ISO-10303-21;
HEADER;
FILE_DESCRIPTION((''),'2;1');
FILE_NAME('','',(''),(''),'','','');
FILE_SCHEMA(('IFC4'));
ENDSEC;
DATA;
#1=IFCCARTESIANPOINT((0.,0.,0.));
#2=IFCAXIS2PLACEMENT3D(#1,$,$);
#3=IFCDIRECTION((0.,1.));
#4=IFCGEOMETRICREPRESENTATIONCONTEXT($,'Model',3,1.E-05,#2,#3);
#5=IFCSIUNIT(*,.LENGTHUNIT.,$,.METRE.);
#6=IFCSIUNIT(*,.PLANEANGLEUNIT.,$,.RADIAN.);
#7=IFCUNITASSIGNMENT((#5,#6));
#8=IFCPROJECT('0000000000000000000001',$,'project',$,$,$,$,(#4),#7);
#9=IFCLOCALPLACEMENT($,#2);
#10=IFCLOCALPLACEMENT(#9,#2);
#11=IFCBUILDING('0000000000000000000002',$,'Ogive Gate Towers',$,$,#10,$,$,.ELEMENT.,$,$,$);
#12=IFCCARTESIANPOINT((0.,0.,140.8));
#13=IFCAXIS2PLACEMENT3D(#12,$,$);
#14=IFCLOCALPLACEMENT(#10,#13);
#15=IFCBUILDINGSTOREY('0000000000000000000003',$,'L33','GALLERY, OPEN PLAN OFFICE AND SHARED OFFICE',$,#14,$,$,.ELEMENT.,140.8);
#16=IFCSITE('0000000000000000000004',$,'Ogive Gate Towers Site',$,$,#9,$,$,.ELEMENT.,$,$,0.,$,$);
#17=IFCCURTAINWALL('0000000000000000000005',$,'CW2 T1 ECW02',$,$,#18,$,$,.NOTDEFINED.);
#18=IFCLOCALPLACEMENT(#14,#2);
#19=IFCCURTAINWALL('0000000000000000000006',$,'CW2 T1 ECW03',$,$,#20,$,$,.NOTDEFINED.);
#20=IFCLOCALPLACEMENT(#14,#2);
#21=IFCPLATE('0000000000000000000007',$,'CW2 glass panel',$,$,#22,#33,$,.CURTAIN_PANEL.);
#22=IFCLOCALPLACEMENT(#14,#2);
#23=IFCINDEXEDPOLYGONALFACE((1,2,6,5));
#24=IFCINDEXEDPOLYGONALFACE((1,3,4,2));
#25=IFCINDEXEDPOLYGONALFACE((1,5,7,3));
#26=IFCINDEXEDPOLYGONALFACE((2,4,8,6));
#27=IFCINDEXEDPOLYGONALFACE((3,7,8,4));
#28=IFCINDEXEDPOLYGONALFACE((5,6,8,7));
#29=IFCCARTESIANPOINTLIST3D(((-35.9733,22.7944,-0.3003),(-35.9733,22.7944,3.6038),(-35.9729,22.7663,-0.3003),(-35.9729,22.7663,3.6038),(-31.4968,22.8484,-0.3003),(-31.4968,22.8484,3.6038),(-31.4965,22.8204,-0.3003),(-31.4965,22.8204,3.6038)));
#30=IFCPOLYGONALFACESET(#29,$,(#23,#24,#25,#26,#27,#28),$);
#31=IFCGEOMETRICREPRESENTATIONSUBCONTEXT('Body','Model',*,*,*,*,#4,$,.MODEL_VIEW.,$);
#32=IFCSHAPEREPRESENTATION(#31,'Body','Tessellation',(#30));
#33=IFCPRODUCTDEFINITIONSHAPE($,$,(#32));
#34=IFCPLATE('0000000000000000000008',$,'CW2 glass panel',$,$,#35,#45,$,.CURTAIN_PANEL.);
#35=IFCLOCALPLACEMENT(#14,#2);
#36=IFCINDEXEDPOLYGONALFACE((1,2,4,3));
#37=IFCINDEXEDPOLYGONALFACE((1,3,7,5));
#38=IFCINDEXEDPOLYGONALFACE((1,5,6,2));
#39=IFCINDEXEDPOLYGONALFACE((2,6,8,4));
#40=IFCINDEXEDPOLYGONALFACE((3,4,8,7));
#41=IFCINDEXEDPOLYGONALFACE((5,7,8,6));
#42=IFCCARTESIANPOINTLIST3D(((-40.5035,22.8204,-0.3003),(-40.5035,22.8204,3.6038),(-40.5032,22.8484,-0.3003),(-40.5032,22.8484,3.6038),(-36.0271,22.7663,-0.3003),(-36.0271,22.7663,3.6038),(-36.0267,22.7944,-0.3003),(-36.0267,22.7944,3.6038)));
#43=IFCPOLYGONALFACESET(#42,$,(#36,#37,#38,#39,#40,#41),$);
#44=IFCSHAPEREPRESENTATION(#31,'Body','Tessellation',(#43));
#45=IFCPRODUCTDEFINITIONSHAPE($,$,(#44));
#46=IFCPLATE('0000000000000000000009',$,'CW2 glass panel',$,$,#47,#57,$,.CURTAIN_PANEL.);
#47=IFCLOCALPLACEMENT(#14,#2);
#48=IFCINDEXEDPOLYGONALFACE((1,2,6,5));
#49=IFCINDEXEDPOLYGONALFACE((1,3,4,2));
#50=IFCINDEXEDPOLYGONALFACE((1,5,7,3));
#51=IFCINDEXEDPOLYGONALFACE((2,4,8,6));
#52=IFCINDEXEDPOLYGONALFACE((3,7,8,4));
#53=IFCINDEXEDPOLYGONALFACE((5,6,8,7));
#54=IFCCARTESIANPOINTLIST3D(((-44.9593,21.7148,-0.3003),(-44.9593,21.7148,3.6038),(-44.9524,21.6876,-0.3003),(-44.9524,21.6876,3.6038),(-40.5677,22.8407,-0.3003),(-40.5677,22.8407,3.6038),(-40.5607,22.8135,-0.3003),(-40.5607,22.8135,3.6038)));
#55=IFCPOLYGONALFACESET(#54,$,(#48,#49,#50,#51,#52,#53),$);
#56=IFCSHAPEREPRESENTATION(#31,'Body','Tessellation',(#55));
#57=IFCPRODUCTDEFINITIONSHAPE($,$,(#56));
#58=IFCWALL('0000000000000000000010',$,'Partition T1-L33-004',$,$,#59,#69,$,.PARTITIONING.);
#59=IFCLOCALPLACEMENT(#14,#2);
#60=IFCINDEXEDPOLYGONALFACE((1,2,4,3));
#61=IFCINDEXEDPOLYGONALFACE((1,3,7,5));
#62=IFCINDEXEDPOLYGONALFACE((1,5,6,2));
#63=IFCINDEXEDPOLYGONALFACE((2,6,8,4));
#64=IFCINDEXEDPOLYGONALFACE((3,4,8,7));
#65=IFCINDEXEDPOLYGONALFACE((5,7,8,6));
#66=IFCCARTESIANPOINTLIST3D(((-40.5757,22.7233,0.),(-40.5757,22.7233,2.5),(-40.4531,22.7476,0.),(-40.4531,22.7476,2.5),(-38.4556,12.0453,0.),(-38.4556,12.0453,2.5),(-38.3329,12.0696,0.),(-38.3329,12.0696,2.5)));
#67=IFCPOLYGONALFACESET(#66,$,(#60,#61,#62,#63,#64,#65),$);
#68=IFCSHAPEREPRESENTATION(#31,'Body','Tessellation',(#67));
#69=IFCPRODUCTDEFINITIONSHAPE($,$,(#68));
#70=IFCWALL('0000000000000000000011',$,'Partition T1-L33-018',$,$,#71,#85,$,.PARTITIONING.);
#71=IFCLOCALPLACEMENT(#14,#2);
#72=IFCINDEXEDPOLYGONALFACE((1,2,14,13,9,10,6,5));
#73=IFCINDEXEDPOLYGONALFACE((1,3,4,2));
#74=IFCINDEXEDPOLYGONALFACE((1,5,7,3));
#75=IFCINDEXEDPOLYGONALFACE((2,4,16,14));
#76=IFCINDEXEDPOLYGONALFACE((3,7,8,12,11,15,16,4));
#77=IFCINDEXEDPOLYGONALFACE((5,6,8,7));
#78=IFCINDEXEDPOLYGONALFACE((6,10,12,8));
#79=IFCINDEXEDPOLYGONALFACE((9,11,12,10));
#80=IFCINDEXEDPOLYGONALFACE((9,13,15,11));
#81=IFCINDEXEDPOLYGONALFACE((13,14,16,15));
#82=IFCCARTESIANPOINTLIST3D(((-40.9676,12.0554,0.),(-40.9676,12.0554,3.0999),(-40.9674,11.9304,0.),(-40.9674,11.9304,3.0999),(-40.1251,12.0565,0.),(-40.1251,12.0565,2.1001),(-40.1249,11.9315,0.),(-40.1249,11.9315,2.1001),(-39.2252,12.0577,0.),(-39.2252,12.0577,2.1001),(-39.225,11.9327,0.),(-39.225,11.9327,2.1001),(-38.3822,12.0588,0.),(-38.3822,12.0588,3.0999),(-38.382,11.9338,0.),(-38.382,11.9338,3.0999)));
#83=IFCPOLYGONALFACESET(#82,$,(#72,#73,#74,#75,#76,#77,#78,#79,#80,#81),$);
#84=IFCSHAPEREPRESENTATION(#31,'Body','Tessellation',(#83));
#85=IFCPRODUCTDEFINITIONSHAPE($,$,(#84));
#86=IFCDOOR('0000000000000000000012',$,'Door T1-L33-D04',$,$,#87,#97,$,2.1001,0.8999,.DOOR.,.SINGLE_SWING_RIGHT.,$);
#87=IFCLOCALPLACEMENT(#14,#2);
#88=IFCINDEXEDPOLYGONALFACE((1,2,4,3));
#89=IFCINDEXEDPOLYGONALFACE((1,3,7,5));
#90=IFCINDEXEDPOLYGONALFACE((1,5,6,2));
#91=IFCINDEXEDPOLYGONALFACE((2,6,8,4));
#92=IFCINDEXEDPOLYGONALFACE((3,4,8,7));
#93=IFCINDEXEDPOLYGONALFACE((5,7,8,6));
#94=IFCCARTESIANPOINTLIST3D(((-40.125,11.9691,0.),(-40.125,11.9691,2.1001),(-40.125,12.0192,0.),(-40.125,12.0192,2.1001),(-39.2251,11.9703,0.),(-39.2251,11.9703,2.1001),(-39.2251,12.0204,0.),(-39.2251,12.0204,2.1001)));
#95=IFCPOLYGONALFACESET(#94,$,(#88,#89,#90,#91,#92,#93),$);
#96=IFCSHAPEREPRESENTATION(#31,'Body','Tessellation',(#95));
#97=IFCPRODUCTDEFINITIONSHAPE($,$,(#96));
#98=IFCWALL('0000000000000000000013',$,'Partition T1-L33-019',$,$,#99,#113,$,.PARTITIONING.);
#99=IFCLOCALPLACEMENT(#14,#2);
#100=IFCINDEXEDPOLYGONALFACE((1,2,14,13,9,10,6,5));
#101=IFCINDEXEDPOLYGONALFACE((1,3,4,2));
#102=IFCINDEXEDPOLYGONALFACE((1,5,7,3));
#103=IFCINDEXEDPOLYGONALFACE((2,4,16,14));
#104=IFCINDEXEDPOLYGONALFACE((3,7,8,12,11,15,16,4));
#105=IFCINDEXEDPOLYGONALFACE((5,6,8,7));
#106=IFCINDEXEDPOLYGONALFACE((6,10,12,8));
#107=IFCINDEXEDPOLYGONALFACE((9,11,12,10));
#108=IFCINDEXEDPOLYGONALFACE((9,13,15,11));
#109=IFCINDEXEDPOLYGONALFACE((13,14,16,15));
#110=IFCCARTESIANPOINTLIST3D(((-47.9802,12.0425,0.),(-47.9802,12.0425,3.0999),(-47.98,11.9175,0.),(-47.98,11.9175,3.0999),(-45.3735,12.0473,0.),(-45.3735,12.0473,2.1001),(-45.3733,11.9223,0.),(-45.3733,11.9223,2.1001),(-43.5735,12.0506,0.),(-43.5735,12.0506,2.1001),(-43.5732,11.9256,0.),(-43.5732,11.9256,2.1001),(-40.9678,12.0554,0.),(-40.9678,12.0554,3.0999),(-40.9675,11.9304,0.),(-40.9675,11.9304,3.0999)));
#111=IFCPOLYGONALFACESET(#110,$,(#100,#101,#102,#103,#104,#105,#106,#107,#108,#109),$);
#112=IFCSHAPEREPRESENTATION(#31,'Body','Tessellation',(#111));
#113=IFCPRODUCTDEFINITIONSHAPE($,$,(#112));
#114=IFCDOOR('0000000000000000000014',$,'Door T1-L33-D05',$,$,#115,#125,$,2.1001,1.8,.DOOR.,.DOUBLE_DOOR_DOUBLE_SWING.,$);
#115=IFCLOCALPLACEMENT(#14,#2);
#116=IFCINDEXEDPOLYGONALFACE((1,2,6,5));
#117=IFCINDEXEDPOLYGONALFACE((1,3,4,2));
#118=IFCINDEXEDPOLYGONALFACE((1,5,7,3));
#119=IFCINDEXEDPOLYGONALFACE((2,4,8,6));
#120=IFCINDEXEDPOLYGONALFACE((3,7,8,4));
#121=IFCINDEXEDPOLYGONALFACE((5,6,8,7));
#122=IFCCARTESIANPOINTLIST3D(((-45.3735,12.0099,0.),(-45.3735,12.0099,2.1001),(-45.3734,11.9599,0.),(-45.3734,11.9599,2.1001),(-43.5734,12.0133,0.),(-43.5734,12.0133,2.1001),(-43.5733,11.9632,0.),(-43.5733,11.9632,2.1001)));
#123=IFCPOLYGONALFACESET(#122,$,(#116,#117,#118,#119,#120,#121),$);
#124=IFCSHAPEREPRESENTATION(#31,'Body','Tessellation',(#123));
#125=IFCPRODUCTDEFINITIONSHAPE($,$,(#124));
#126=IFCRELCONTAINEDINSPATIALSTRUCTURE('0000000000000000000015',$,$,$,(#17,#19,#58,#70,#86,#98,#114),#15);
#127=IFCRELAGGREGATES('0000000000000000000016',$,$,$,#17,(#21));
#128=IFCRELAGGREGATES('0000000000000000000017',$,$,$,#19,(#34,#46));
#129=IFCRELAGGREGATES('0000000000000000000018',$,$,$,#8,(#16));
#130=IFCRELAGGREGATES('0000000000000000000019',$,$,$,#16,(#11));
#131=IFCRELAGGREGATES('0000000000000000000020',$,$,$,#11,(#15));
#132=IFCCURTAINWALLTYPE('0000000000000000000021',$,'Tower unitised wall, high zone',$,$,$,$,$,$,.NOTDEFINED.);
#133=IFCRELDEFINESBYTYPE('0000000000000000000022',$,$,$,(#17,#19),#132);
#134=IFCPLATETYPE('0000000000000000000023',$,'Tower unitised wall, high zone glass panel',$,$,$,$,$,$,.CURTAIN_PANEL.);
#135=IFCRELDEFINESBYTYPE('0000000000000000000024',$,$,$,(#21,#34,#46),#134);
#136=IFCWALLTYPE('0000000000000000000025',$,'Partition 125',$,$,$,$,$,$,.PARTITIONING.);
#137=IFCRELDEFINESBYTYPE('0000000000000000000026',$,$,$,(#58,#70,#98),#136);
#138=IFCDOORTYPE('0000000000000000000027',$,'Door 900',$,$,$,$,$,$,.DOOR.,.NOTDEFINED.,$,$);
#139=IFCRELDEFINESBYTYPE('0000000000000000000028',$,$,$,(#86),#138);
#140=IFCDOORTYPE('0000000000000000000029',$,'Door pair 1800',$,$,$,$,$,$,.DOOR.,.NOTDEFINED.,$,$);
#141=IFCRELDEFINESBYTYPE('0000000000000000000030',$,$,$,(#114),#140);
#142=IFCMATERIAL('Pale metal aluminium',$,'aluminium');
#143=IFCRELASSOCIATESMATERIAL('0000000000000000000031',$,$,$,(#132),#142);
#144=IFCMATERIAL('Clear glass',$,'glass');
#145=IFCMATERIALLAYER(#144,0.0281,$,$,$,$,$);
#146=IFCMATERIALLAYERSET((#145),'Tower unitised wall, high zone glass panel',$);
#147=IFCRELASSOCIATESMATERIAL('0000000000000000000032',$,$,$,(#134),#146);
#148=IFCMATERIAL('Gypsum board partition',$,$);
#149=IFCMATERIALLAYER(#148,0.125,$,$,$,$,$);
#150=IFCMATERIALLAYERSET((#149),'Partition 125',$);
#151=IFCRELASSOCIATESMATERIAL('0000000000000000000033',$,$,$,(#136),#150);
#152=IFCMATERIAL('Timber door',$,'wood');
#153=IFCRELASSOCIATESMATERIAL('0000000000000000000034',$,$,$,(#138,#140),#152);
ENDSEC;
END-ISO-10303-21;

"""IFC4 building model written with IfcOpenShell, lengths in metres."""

from ifc_helpers import new_model, si_unit, direction, frame, frame_2d, origin, origin_2d, place, context, subcontext, project, spatial, rectangle, extrude, material, layer, layer_set, type_object, element, fill, aggregate, save


model = new_model("IFC4")

# Units and contexts
model_context = context("Model", 3, precision=1e-05, world=origin(), true_north=direction((0.0, 1.0)))
body_context = subcontext(model_context, "Body", "Model", "MODEL_VIEW")
ifc_project = project(units=[si_unit("LENGTHUNIT", "METRE"), si_unit("PLANEANGLEUNIT", "RADIAN")], contexts=[model_context])

# Site, building, storey
site_placement = place(None, origin())
site = spatial("IfcSite", under=ifc_project, at=site_placement, Name="Ogive Gate Towers Site", CompositionType="ELEMENT", RefElevation=0.0)
building_placement = place(site_placement, origin())
building = spatial("IfcBuilding", under=site, at=building_placement, Name="Ogive Gate Towers", CompositionType="ELEMENT")
storey_placement = place(building_placement, frame((0.0, 0.0, 140.8)))
storey = spatial("IfcBuildingStorey", under=building, at=storey_placement, Name="L33", Description="GALLERY, OPEN PLAN OFFICE AND SHARED OFFICE", CompositionType="ELEMENT", Elevation=140.8)

# Curtain wall
ifc_material_1 = material(Name="Pale metal aluminium", Category="aluminium")
curtain_wall_type = type_object("IfcCurtainWallType", Name="Tower unitised wall, high zone", PredefinedType="NOTDEFINED", material=ifc_material_1)
curtain_wall_1_placement = place(storey_placement, origin())
curtain_wall_1 = element("IfcCurtainWall", 1, at=curtain_wall_1_placement, inside=storey, type_object=curtain_wall_type, Name="CW2 T1 ECW02", PredefinedType="NOTDEFINED")

# Curtain wall
curtain_wall_2_placement = place(storey_placement, origin())
curtain_wall_2 = element("IfcCurtainWall", 2, at=curtain_wall_2_placement, inside=storey, type_object=curtain_wall_type, Name="CW2 T1 ECW03", PredefinedType="NOTDEFINED")

# Plates
ifc_material_2 = material(Name="Clear glass", Category="glass")
ifc_layer_1 = layer(ifc_material_2, 0.0281)
ifc_layer_set_1 = layer_set([ifc_layer_1], Name="Tower unitised wall, high zone glass panel")
plate_type = type_object("IfcPlateType", Name="Tower unitised wall, high zone glass panel", PredefinedType="CURTAIN_PANEL", material=ifc_layer_set_1)
plate_1_placement = place(storey_placement, frame((-33.7349, 22.8074, -0.3003), z_axis=(0.0, 0.0, 1.0), x_axis=(-0.999927, -0.012077, 0.0)))
plate_1 = element("IfcPlate", 3, at=plate_1_placement, type_object=plate_type, Name="CW2 glass panel", PredefinedType="CURTAIN_PANEL", context=body_context, shape_type="SweptSolid", body=[
    extrude(rectangle(XDim=4.4768, YDim=0.0281, at=origin_2d()), origin(), (0.0, 0.0, 1.0), 3.9041),
])
aggregate(curtain_wall_1, [plate_1])
plate_2_placement = place(storey_placement, frame((-38.2651, 22.8074, -0.3003), z_axis=(0.0, 0.0, 1.0), x_axis=(-0.999927, 0.012077, 0.0)))
plate_2 = element("IfcPlate", 4, at=plate_2_placement, type_object=plate_type, Name="CW2 glass panel", PredefinedType="CURTAIN_PANEL", context=body_context, shape_type="SweptSolid", body=[
    extrude(rectangle(XDim=4.4768, YDim=0.0281, at=origin_2d()), origin(), (0.0, 0.0, 1.0), 3.9041),
])
plate_3_placement = place(storey_placement, frame((-42.76, 22.2642, -0.3003), z_axis=(0.0, 0.0, 1.0), x_axis=(-0.968674, -0.248335, 0.0)))
plate_3 = element("IfcPlate", 5, at=plate_3_placement, type_object=plate_type, Name="CW2 glass panel", PredefinedType="CURTAIN_PANEL", context=body_context, shape_type="SweptSolid", body=[
    extrude(rectangle(XDim=4.5337, YDim=0.0281, at=origin_2d()), origin(), (0.0, 0.0, 1.0), 3.9041),
])
aggregate(curtain_wall_2, [plate_2, plate_3])

# Wall
ifc_material_3 = material(Name="Gypsum board partition")
ifc_layer_2 = layer(ifc_material_3, 0.125)
ifc_layer_set_2 = layer_set([ifc_layer_2], Name="Partition 125")
wall_type = type_object("IfcWallType", Name="Partition 125", PredefinedType="PARTITIONING", material=ifc_layer_set_2)
wall_1_placement = place(storey_placement, frame((-40.5144, 22.7356, 0.0), z_axis=(0.0, 0.0, 1.0), x_axis=(0.194749, -0.980853, 0.0)))
element("IfcWall", 6, at=wall_1_placement, inside=storey, type_object=wall_type, Name="Partition T1-L33-004", PredefinedType="PARTITIONING", context=body_context, shape_type="SweptSolid", body=[
    extrude(rectangle(XDim=10.8865, YDim=0.125, at=frame_2d((5.4434, 0.0))), origin(), (0.0, 0.0, 1.0), 2.5),
])

# Walls, openings, doors
wall_2_placement = place(storey_placement, frame((-38.3821, 11.9963, 0.0), z_axis=(0.0, 0.0, 1.0), x_axis=(-0.999999, -0.001322, 0.0)))
wall_2 = element("IfcWall", 7, at=wall_2_placement, inside=storey, type_object=wall_type, Name="Partition T1-L33-018", PredefinedType="PARTITIONING", context=body_context, shape_type="SweptSolid", body=[
    extrude(rectangle(XDim=2.5854, YDim=0.125, at=frame_2d((1.2927, 0.0))), origin(), (0.0, 0.0, 1.0), 3.0999),
])
opening_1_placement = place(wall_2_placement, frame((0.843, 0.0, 0.0)))
opening_1 = element("IfcOpeningElement", 8, at=opening_1_placement, cuts=wall_2, PredefinedType="OPENING", context=body_context, shape_type="SweptSolid", body=[
    extrude(rectangle(XDim=0.8999, YDim=2.1001, at=frame_2d((0.45, 1.05))), frame((0.0, 0.0725, 0.0), z_axis=(0.0, -1.0, 0.0), x_axis=(1.0, 0.0, 0.0)), (0.0, 0.0, 1.0), 0.145),
])
ifc_material_4 = material(Name="Timber door", Category="wood")
door_type_1 = type_object("IfcDoorType", Name="Door 900", OperationType="NOTDEFINED", PredefinedType="DOOR", material=ifc_material_4)
door_1_placement = place(opening_1_placement, origin())
door_1 = element("IfcDoor", 9, at=door_1_placement, inside=storey, type_object=door_type_1, Name="Door T1-L33-D04", OperationType="SINGLE_SWING_RIGHT", OverallHeight=2.1001, OverallWidth=0.8999, PredefinedType="DOOR", context=body_context, shape_type="SweptSolid", body=[
    extrude(rectangle(XDim=0.8999, YDim=2.1001, at=frame_2d((0.45, 1.05))), frame((0.0, 0.0249, 0.0), z_axis=(0.0, -1.0, 0.0), x_axis=(1.0, 0.0, 0.0)), (0.0, 0.0, 1.0), 0.05),
])
fill(opening_1, door_1)
wall_3_placement = place(storey_placement, frame((-40.9675, 11.9929, 0.0), z_axis=(0.0, 0.0, 1.0), x_axis=(-0.999998, -0.001845, 0.0)))
wall_3 = element("IfcWall", 10, at=wall_3_placement, inside=storey, type_object=wall_type, Name="Partition T1-L33-019", PredefinedType="PARTITIONING", context=body_context, shape_type="SweptSolid", body=[
    extrude(rectangle(XDim=7.0125, YDim=0.125, at=frame_2d((3.5063, 0.0))), origin(), (0.0, 0.0, 1.0), 3.0999),
])
opening_2_placement = place(wall_3_placement, frame((2.606, 0.0, 0.0)))
opening_2 = element("IfcOpeningElement", 11, at=opening_2_placement, cuts=wall_3, PredefinedType="OPENING", context=body_context, shape_type="SweptSolid", body=[
    extrude(rectangle(XDim=1.8, YDim=2.1001, at=frame_2d((0.8999, 1.05))), frame((0.0, 0.0725, 0.0), z_axis=(0.0, -1.0, 0.0), x_axis=(1.0, 0.0, 0.0)), (0.0, 0.0, 1.0), 0.145),
])
door_type_2 = type_object("IfcDoorType", Name="Door pair 1800", OperationType="NOTDEFINED", PredefinedType="DOOR", material=ifc_material_4)
door_2_placement = place(opening_2_placement, origin())
door_2 = element("IfcDoor", 12, at=door_2_placement, inside=storey, type_object=door_type_2, Name="Door T1-L33-D05", OperationType="DOUBLE_DOOR_DOUBLE_SWING", OverallHeight=2.1001, OverallWidth=1.8, PredefinedType="DOOR", context=body_context, shape_type="SweptSolid", body=[
    extrude(rectangle(XDim=1.8, YDim=2.1001, at=frame_2d((0.8999, 1.05))), frame((0.0, 0.0249, 0.0), z_axis=(0.0, -1.0, 0.0), x_axis=(1.0, 0.0, 0.0)), (0.0, 0.0, 1.0), 0.05),
])
fill(opening_2, door_2)

save(model, "model.ifc")
